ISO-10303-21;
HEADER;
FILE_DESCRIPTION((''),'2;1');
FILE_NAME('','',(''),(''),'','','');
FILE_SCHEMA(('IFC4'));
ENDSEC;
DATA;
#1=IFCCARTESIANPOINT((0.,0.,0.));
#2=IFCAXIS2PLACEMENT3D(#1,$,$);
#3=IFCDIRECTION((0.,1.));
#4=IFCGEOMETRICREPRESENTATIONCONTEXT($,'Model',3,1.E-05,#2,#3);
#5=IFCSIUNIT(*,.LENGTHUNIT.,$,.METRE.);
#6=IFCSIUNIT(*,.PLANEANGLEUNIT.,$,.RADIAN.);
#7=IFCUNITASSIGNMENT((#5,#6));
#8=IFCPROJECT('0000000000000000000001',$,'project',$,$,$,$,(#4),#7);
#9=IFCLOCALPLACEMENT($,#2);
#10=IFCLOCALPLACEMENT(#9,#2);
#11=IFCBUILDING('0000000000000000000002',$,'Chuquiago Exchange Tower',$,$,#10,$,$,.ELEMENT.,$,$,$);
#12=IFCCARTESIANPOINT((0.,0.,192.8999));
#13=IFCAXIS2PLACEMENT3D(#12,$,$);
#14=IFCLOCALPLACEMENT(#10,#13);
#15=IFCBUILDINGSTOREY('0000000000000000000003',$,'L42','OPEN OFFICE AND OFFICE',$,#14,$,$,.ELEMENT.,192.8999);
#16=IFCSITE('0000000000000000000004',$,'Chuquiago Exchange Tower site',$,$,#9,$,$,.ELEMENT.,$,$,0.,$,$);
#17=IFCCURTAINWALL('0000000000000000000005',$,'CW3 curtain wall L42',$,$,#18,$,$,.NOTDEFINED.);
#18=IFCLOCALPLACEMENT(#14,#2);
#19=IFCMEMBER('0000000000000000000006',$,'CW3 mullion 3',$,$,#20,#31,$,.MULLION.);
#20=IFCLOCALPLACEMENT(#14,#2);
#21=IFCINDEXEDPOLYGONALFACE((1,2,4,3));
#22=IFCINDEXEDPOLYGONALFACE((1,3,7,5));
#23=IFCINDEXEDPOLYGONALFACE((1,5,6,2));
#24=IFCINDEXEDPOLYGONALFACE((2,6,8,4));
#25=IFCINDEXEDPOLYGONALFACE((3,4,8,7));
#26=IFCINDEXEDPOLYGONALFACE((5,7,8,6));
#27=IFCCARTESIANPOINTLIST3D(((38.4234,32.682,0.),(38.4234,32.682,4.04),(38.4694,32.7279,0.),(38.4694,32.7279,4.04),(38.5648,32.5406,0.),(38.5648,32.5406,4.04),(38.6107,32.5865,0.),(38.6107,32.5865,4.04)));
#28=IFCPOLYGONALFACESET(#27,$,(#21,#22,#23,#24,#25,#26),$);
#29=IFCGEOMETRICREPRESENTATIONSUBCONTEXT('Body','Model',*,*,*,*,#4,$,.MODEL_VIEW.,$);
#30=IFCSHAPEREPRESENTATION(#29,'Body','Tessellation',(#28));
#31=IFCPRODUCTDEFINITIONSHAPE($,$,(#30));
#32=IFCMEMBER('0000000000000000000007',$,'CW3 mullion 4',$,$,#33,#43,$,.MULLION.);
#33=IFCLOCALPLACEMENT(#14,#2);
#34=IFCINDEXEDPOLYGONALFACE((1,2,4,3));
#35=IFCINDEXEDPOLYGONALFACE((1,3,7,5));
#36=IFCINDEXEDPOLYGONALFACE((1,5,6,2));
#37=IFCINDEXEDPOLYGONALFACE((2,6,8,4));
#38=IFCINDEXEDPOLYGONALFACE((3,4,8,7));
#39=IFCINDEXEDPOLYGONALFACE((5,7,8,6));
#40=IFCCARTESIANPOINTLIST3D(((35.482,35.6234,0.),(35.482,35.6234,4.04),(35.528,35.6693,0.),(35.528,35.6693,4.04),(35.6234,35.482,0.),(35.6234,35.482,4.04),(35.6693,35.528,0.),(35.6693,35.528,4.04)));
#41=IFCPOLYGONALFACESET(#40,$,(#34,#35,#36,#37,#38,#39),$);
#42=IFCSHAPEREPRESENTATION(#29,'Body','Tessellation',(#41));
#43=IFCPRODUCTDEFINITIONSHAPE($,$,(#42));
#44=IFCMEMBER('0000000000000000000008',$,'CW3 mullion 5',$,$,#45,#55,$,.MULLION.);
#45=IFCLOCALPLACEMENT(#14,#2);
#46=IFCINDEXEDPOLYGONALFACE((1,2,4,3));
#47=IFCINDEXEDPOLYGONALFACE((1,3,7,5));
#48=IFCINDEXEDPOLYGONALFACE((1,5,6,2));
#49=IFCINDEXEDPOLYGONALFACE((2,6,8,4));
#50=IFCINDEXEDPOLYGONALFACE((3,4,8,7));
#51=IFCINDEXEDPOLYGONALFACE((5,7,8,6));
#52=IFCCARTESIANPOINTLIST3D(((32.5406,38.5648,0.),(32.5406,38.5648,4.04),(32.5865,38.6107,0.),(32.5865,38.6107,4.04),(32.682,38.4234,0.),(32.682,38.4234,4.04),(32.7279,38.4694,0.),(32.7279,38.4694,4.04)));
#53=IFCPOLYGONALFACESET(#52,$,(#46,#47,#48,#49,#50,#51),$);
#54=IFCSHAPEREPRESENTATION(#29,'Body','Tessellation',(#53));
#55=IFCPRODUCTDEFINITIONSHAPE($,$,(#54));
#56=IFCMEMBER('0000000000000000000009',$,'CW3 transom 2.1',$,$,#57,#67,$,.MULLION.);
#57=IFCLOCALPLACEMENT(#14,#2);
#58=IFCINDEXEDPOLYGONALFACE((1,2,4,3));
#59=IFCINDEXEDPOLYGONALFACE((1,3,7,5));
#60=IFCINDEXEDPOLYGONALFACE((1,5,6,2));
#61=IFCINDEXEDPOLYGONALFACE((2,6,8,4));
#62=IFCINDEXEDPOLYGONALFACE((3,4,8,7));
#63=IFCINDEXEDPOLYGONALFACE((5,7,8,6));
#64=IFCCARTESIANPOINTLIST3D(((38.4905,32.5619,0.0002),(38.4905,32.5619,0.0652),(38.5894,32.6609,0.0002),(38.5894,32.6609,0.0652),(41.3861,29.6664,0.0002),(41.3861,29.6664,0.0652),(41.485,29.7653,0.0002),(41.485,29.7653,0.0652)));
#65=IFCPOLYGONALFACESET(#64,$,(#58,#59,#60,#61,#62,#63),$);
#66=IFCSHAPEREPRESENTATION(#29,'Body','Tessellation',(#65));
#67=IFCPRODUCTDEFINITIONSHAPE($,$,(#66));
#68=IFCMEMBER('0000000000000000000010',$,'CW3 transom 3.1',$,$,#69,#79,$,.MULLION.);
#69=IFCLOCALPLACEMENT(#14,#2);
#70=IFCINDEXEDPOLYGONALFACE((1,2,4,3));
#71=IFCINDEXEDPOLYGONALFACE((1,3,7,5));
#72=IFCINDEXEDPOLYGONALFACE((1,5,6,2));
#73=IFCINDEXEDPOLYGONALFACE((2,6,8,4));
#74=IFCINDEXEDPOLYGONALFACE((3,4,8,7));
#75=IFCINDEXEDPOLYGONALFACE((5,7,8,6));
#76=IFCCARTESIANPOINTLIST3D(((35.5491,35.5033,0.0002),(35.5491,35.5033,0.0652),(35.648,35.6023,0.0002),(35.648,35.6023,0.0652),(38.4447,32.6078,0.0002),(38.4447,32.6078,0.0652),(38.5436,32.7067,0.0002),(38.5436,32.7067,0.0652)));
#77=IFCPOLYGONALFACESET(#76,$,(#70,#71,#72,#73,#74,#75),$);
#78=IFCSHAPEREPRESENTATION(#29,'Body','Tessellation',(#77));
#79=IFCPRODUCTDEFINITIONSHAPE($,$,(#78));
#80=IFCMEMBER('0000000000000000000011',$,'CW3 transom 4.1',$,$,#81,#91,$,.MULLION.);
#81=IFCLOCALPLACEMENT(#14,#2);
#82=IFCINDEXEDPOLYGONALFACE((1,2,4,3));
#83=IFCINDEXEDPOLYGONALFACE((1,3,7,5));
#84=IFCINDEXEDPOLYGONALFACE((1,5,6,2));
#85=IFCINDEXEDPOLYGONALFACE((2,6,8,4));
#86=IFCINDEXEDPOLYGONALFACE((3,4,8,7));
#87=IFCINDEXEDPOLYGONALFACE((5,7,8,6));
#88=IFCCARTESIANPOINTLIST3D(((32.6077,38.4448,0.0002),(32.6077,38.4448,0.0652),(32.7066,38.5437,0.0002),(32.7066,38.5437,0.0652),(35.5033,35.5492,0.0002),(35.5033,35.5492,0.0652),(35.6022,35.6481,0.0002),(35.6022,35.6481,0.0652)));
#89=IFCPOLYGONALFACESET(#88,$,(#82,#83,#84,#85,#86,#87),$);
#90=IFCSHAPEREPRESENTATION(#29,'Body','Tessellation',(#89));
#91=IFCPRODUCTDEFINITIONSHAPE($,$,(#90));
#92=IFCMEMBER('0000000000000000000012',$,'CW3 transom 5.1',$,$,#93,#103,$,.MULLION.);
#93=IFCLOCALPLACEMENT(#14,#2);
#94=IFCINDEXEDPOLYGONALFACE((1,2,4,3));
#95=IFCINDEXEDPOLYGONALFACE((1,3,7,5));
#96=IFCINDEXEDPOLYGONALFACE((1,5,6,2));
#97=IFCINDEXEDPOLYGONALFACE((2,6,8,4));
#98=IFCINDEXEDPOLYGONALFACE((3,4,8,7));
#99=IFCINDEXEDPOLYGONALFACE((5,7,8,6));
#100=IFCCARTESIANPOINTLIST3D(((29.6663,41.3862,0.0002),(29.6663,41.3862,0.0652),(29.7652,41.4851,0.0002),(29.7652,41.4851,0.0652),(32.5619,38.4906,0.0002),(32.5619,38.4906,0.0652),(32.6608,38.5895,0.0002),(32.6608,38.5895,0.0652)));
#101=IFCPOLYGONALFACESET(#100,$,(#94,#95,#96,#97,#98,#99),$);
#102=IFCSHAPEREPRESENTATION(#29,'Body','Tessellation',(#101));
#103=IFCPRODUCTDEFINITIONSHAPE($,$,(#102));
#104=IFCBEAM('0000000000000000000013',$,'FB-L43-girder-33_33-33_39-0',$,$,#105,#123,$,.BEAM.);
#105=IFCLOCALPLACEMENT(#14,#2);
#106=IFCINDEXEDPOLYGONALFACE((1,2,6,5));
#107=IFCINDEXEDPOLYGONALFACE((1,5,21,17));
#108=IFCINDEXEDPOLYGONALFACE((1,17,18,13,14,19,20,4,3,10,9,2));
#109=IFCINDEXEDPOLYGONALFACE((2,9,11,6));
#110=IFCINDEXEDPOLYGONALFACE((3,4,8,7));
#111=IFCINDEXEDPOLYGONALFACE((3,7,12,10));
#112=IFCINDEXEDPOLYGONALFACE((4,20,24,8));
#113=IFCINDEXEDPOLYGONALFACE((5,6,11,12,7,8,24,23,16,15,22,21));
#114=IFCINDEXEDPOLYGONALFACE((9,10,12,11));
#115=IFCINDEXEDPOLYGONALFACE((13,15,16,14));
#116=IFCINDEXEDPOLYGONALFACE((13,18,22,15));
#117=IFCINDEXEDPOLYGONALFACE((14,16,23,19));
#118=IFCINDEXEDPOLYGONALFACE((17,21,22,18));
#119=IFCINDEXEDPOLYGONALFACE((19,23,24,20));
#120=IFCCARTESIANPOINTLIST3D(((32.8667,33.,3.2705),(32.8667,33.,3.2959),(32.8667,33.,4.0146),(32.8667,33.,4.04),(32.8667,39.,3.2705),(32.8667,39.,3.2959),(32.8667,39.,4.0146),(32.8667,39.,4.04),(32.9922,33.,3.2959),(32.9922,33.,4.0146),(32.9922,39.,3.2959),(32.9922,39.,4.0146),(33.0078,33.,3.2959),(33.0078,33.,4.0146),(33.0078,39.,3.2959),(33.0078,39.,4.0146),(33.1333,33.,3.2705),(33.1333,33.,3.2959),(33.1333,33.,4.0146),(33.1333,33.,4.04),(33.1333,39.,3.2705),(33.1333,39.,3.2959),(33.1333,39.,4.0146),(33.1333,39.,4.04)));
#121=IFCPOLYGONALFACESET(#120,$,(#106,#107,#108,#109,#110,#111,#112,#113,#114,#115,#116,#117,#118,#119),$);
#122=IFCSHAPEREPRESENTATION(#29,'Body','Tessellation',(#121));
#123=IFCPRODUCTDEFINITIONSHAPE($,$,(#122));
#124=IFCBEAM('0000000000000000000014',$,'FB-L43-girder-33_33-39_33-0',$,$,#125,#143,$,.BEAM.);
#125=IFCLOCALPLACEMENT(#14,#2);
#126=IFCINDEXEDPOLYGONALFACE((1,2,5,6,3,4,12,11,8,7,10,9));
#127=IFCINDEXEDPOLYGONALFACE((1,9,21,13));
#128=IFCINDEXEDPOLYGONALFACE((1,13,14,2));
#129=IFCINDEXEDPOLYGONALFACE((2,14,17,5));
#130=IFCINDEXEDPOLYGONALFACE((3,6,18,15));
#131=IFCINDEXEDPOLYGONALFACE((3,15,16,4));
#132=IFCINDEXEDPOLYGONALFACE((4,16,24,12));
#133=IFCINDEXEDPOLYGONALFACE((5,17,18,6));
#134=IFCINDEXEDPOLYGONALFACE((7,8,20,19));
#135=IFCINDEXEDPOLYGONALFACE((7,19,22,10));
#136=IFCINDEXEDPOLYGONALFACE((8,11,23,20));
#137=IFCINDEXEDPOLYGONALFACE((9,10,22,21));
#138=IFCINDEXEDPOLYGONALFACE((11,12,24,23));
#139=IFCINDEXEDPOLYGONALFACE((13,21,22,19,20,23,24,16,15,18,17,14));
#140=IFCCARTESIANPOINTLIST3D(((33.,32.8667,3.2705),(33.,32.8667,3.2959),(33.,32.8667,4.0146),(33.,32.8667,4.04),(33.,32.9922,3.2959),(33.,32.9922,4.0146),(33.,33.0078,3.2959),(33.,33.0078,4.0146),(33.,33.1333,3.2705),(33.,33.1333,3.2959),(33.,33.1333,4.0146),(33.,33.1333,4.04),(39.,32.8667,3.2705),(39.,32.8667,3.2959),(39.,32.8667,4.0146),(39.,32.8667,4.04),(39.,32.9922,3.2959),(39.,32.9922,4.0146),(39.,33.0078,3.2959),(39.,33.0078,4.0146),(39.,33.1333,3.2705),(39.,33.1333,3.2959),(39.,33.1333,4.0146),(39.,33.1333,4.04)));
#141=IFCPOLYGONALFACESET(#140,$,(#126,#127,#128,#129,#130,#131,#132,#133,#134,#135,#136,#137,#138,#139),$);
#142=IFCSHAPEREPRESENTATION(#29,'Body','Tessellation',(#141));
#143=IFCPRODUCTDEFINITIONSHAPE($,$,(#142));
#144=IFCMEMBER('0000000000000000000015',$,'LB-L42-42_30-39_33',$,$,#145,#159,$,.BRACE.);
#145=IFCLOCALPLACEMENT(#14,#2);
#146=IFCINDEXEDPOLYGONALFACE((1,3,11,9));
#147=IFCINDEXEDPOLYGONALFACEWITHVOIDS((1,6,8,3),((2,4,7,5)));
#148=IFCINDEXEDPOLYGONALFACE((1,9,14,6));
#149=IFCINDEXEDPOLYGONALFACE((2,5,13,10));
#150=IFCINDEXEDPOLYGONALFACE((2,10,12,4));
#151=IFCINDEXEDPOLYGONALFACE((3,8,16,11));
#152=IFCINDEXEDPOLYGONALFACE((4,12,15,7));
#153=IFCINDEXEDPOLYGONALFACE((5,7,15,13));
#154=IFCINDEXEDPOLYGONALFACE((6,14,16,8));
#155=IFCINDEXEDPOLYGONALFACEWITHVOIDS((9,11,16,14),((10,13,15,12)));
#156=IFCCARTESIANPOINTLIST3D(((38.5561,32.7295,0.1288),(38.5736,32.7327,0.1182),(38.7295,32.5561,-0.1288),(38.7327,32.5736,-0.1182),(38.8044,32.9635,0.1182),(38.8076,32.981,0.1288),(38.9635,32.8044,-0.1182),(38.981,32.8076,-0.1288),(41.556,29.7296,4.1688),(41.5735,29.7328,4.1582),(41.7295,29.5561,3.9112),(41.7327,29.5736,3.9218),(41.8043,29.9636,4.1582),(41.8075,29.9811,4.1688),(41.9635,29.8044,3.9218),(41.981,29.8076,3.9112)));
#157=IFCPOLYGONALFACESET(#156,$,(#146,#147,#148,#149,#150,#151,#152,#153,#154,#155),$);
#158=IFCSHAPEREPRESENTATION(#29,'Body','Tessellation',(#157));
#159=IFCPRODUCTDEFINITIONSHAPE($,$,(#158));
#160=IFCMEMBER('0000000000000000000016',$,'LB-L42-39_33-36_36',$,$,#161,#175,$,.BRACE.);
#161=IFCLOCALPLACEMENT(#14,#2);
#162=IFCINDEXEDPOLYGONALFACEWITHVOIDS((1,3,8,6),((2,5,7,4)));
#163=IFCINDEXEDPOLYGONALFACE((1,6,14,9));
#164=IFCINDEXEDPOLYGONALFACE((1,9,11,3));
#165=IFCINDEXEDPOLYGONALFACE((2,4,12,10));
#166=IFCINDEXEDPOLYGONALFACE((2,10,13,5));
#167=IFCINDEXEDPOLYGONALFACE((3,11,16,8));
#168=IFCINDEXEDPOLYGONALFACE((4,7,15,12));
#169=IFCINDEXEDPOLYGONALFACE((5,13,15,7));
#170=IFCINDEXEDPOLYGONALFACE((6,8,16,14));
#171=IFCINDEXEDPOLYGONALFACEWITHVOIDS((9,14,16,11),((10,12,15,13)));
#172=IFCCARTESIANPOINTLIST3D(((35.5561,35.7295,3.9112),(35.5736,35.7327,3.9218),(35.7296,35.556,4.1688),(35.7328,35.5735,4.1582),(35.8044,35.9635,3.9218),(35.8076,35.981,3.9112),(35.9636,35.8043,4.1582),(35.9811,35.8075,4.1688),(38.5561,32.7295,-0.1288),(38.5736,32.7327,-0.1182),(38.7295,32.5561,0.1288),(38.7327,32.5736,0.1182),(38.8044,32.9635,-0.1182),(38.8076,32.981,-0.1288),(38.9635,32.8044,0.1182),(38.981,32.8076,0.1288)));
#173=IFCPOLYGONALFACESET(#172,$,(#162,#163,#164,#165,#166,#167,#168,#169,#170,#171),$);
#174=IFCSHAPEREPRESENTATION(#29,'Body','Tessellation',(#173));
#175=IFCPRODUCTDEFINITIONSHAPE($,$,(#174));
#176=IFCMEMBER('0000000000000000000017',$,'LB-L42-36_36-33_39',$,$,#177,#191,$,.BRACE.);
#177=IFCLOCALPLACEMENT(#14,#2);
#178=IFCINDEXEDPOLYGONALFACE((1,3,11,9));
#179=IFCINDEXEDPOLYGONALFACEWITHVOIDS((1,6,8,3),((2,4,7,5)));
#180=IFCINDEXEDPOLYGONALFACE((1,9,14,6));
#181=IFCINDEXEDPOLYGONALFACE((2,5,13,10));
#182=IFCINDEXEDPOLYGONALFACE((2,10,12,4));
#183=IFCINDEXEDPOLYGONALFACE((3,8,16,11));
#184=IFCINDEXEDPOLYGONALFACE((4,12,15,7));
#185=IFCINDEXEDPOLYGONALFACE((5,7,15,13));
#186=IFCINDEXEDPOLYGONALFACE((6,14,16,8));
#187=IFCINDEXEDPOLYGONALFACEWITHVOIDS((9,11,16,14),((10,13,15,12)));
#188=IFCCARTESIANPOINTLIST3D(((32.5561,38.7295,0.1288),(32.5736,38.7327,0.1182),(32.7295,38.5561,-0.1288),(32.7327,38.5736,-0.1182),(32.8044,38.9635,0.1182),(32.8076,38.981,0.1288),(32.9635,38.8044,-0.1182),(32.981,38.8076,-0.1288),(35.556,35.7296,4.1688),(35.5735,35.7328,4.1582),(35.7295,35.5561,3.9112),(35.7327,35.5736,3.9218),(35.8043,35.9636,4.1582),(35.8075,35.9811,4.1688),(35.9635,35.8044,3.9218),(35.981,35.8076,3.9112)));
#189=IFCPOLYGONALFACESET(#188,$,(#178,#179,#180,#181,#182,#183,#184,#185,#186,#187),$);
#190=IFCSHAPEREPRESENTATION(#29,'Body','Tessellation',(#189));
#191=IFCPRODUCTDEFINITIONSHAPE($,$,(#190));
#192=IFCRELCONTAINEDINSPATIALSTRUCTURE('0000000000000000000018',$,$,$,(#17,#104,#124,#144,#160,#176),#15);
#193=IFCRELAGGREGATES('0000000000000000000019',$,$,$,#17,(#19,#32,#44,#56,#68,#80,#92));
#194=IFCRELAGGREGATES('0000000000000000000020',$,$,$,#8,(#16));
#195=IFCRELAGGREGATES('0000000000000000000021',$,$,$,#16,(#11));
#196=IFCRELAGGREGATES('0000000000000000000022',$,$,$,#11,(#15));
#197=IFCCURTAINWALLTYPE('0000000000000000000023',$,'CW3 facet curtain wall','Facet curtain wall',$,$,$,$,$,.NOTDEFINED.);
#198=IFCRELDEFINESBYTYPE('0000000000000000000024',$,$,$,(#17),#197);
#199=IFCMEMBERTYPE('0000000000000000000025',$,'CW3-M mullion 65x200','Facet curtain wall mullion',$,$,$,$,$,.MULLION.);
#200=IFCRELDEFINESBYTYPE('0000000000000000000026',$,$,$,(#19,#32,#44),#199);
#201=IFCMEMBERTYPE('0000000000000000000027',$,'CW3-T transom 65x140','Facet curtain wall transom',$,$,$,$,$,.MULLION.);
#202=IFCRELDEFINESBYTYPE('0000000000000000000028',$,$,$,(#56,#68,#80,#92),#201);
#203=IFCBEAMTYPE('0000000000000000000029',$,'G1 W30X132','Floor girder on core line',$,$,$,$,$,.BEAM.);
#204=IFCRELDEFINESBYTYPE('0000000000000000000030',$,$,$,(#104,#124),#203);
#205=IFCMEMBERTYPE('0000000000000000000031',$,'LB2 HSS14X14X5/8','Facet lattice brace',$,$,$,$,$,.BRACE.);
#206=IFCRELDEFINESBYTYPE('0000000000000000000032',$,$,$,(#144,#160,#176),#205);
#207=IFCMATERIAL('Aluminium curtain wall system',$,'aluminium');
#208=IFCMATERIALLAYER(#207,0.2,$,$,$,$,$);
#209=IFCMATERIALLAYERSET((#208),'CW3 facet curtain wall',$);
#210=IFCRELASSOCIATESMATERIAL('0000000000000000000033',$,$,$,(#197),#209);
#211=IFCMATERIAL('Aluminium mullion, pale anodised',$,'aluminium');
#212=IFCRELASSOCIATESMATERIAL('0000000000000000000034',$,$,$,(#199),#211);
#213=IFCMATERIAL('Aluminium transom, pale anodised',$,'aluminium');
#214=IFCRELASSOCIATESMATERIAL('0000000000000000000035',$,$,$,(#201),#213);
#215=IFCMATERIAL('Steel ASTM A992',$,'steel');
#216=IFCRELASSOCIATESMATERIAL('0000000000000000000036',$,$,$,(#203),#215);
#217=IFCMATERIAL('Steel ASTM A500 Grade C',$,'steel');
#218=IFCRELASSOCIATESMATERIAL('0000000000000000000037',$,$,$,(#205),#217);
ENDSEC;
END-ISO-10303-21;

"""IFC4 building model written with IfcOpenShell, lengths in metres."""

from ifc_helpers import new_model, si_unit, direction, frame, origin, origin_2d, place, context, subcontext, project, spatial, rectangle, hollow_rectangle, i_section, extrude, material, layer, layer_set, material_profile, profile_set, type_object, element, aggregate, save


model = new_model("IFC4")

# Units and contexts
model_context = context("Model", 3, precision=1e-05, world=origin(), true_north=direction((0.0, 1.0)))
body_context = subcontext(model_context, "Body", "Model", "MODEL_VIEW")
ifc_project = project(units=[si_unit("LENGTHUNIT", "METRE"), si_unit("PLANEANGLEUNIT", "RADIAN")], contexts=[model_context])

# Site, building, storey
site_placement = place(None, origin())
site = spatial("IfcSite", under=ifc_project, at=site_placement, Name="Chuquiago Exchange Tower site", CompositionType="ELEMENT", RefElevation=0.0)
building_placement = place(site_placement, origin())
building = spatial("IfcBuilding", under=site, at=building_placement, Name="Chuquiago Exchange Tower", CompositionType="ELEMENT")
storey_placement = place(building_placement, frame((0.0, 0.0, 192.8999)))
storey = spatial("IfcBuildingStorey", under=building, at=storey_placement, Name="L42", Description="OPEN OFFICE AND OFFICE", CompositionType="ELEMENT", Elevation=192.8999)

# Curtain wall, members
ifc_material_1 = material(Name="Aluminium curtain wall system", Category="aluminium")
ifc_layer_1 = layer(ifc_material_1, 0.2)
ifc_layer_set_1 = layer_set([ifc_layer_1], Name="CW3 facet curtain wall")
curtain_wall_type = type_object("IfcCurtainWallType", Name="CW3 facet curtain wall", Description="Facet curtain wall", PredefinedType="NOTDEFINED", material=ifc_layer_set_1)
curtain_wall_placement = place(storey_placement, origin())
curtain_wall = element("IfcCurtainWall", 1, at=curtain_wall_placement, inside=storey, type_object=curtain_wall_type, Name="CW3 curtain wall L42", PredefinedType="NOTDEFINED")
ifc_material_2 = material(Name="Aluminium mullion, pale anodised", Category="aluminium")
ifc_material_profile_1 = material_profile(ifc_material_2, rectangle(XDim=0.0649, YDim=0.2, at=origin_2d()), Name="AL 65x200")
ifc_profile_set_1 = profile_set([ifc_material_profile_1], Name="Aluminium mullion, pale anodised")
member_type_1 = type_object("IfcMemberType", Name="CW3-M mullion 65x200", Description="Facet curtain wall mullion", PredefinedType="MULLION", material=ifc_profile_set_1)
member_1_placement = place(storey_placement, frame((38.5171, 32.6343, 0.0), z_axis=(0.0, 0.0, 1.0), x_axis=(-0.707107, -0.707107, 0.0)))
member_1 = element("IfcMember", 2, at=member_1_placement, type_object=member_type_1, Name="CW3 mullion 3", PredefinedType="MULLION", context=body_context, shape_type="SweptSolid", body=[
    extrude(rectangle(XDim=0.0649, YDim=0.2, at=origin_2d()), origin(), (0.0, 0.0, 1.0), 4.04),
])
member_2_placement = place(storey_placement, frame((35.5757, 35.5757, 0.0), z_axis=(0.0, 0.0, 1.0), x_axis=(-0.707107, -0.707107, 0.0)))
member_2 = element("IfcMember", 3, at=member_2_placement, type_object=member_type_1, Name="CW3 mullion 4", PredefinedType="MULLION", context=body_context, shape_type="SweptSolid", body=[
    extrude(rectangle(XDim=0.0649, YDim=0.2, at=origin_2d()), origin(), (0.0, 0.0, 1.0), 4.04),
])
member_3_placement = place(storey_placement, frame((32.6343, 38.5171, 0.0), z_axis=(0.0, 0.0, 1.0), x_axis=(-0.707107, -0.707107, 0.0)))
member_3 = element("IfcMember", 4, at=member_3_placement, type_object=member_type_1, Name="CW3 mullion 5", PredefinedType="MULLION", context=body_context, shape_type="SweptSolid", body=[
    extrude(rectangle(XDim=0.0649, YDim=0.2, at=origin_2d()), origin(), (0.0, 0.0, 1.0), 4.04),
])
ifc_material_3 = material(Name="Aluminium transom, pale anodised", Category="aluminium")
ifc_material_profile_2 = material_profile(ifc_material_3, rectangle(XDim=0.1399, YDim=0.0649, at=origin_2d()), Name="AL 140x65")
ifc_profile_set_2 = profile_set([ifc_material_profile_2], Name="Aluminium transom, pale anodised")
member_type_2 = type_object("IfcMemberType", Name="CW3-T transom 65x140", Description="Facet curtain wall transom", PredefinedType="MULLION", material=ifc_profile_set_2)
member_4_placement = place(storey_placement, frame((41.4355, 29.7158, 0.0327), z_axis=(-0.707107, 0.707107, 0.0), x_axis=(-0.707107, -0.707107, 0.0)))
member_4 = element("IfcMember", 5, at=member_4_placement, type_object=member_type_2, Name="CW3 transom 2.1", PredefinedType="MULLION", context=body_context, shape_type="SweptSolid", body=[
    extrude(rectangle(XDim=0.1399, YDim=0.0649, at=origin_2d()), origin(), (0.0, 0.0, 1.0), 4.095),
])
member_5_placement = place(storey_placement, frame((38.4941, 32.6572, 0.0327), z_axis=(-0.707107, 0.707107, 0.0), x_axis=(-0.707107, -0.707107, 0.0)))
member_5 = element("IfcMember", 6, at=member_5_placement, type_object=member_type_2, Name="CW3 transom 3.1", PredefinedType="MULLION", context=body_context, shape_type="SweptSolid", body=[
    extrude(rectangle(XDim=0.1399, YDim=0.0649, at=origin_2d()), origin(), (0.0, 0.0, 1.0), 4.095),
])
member_6_placement = place(storey_placement, frame((35.5527, 35.5986, 0.0327), z_axis=(-0.707107, 0.707107, 0.0), x_axis=(-0.707107, -0.707107, 0.0)))
member_6 = element("IfcMember", 7, at=member_6_placement, type_object=member_type_2, Name="CW3 transom 4.1", PredefinedType="MULLION", context=body_context, shape_type="SweptSolid", body=[
    extrude(rectangle(XDim=0.1399, YDim=0.0649, at=origin_2d()), origin(), (0.0, 0.0, 1.0), 4.095),
])
member_7_placement = place(storey_placement, frame((32.6113, 38.54, 0.0327), z_axis=(-0.707107, 0.707107, 0.0), x_axis=(-0.707107, -0.707107, 0.0)))
member_7 = element("IfcMember", 8, at=member_7_placement, type_object=member_type_2, Name="CW3 transom 5.1", PredefinedType="MULLION", context=body_context, shape_type="SweptSolid", body=[
    extrude(rectangle(XDim=0.1399, YDim=0.0649, at=origin_2d()), origin(), (0.0, 0.0, 1.0), 4.095),
])

# Beams
ifc_material_4 = material(Name="Steel ASTM A992", Category="steel")
ifc_material_profile_3 = material_profile(ifc_material_4, i_section(OverallWidth=0.2666, OverallDepth=0.7695, WebThickness=0.0156, FlangeThickness=0.0254, at=origin_2d()), Name="W30X132")
ifc_profile_set_3 = profile_set([ifc_material_profile_3], Name="Steel ASTM A992")
beam_type_1 = type_object("IfcBeamType", Name="G1 W30X132", Description="Floor girder on core line", PredefinedType="BEAM", material=ifc_profile_set_3)
for number, where, z_axis, x_axis, name in (
    (9, (33.0, 33.0, 3.6553), (0.0, 1.0, 0.0), (-1.0, 0.0, 0.0), "FB-L43-girder-33_33-33_39-0"),
    (10, (33.0, 33.0, 3.6553), (1.0, 0.0, 0.0), (0.0, 1.0, 0.0), "FB-L43-girder-33_33-39_33-0"),
):
    element("IfcBeam", number, at=place(storey_placement, frame(where, z_axis=z_axis, x_axis=x_axis)), inside=storey, type_object=beam_type_1, Name=name, PredefinedType="BEAM", context=body_context, shape_type="SweptSolid", body=[
        extrude(i_section(OverallWidth=0.2666, OverallDepth=0.7695, WebThickness=0.0156, FlangeThickness=0.0254, at=origin_2d()), origin(), (0.0, 0.0, 1.0), 6.0),
    ])

# Members
ifc_material_5 = material(Name="Steel ASTM A500 Grade C", Category="steel")
ifc_material_profile_4 = material_profile(ifc_material_5, hollow_rectangle(XDim=0.3557, YDim=0.3557, WallThickness=0.0146, at=origin_2d()), Name="HSS14X14X5/8")
ifc_profile_set_4 = profile_set([ifc_material_profile_4], Name="Steel ASTM A500 Grade C")
member_type_3 = type_object("IfcMemberType", Name="LB2 HSS14X14X5/8", Description="Facet lattice brace", PredefinedType="BRACE", material=ifc_profile_set_4)
for number, where, z_axis, x_axis, name in (
    (11, (38.7686, 32.7686, 0.0), (0.512077, -0.512077, 0.689604), (0.707107, 0.707107, 0.0), "LB-L42-42_30-39_33"),
    (12, (38.7686, 32.7686, 0.0), (-0.512077, 0.512077, 0.689604), (-0.707107, -0.707107, 0.0), "LB-L42-39_33-36_36"),
    (13, (32.7686, 38.7686, 0.0), (0.512077, -0.512077, 0.689604), (0.707107, 0.707107, 0.0), "LB-L42-36_36-33_39"),
):
    element("IfcMember", number, at=place(storey_placement, frame(where, z_axis=z_axis, x_axis=x_axis)), inside=storey, type_object=member_type_3, Name=name, PredefinedType="BRACE", context=body_context, shape_type="SweptSolid", body=[
        extrude(hollow_rectangle(XDim=0.3557, YDim=0.3557, WallThickness=0.0146, at=origin_2d()), origin(), (0.0, 0.0, 1.0), 5.8584),
    ])

aggregate(curtain_wall, [member_1, member_2, member_3, member_4, member_5, member_6, member_7])

save(model, "model.ifc")
